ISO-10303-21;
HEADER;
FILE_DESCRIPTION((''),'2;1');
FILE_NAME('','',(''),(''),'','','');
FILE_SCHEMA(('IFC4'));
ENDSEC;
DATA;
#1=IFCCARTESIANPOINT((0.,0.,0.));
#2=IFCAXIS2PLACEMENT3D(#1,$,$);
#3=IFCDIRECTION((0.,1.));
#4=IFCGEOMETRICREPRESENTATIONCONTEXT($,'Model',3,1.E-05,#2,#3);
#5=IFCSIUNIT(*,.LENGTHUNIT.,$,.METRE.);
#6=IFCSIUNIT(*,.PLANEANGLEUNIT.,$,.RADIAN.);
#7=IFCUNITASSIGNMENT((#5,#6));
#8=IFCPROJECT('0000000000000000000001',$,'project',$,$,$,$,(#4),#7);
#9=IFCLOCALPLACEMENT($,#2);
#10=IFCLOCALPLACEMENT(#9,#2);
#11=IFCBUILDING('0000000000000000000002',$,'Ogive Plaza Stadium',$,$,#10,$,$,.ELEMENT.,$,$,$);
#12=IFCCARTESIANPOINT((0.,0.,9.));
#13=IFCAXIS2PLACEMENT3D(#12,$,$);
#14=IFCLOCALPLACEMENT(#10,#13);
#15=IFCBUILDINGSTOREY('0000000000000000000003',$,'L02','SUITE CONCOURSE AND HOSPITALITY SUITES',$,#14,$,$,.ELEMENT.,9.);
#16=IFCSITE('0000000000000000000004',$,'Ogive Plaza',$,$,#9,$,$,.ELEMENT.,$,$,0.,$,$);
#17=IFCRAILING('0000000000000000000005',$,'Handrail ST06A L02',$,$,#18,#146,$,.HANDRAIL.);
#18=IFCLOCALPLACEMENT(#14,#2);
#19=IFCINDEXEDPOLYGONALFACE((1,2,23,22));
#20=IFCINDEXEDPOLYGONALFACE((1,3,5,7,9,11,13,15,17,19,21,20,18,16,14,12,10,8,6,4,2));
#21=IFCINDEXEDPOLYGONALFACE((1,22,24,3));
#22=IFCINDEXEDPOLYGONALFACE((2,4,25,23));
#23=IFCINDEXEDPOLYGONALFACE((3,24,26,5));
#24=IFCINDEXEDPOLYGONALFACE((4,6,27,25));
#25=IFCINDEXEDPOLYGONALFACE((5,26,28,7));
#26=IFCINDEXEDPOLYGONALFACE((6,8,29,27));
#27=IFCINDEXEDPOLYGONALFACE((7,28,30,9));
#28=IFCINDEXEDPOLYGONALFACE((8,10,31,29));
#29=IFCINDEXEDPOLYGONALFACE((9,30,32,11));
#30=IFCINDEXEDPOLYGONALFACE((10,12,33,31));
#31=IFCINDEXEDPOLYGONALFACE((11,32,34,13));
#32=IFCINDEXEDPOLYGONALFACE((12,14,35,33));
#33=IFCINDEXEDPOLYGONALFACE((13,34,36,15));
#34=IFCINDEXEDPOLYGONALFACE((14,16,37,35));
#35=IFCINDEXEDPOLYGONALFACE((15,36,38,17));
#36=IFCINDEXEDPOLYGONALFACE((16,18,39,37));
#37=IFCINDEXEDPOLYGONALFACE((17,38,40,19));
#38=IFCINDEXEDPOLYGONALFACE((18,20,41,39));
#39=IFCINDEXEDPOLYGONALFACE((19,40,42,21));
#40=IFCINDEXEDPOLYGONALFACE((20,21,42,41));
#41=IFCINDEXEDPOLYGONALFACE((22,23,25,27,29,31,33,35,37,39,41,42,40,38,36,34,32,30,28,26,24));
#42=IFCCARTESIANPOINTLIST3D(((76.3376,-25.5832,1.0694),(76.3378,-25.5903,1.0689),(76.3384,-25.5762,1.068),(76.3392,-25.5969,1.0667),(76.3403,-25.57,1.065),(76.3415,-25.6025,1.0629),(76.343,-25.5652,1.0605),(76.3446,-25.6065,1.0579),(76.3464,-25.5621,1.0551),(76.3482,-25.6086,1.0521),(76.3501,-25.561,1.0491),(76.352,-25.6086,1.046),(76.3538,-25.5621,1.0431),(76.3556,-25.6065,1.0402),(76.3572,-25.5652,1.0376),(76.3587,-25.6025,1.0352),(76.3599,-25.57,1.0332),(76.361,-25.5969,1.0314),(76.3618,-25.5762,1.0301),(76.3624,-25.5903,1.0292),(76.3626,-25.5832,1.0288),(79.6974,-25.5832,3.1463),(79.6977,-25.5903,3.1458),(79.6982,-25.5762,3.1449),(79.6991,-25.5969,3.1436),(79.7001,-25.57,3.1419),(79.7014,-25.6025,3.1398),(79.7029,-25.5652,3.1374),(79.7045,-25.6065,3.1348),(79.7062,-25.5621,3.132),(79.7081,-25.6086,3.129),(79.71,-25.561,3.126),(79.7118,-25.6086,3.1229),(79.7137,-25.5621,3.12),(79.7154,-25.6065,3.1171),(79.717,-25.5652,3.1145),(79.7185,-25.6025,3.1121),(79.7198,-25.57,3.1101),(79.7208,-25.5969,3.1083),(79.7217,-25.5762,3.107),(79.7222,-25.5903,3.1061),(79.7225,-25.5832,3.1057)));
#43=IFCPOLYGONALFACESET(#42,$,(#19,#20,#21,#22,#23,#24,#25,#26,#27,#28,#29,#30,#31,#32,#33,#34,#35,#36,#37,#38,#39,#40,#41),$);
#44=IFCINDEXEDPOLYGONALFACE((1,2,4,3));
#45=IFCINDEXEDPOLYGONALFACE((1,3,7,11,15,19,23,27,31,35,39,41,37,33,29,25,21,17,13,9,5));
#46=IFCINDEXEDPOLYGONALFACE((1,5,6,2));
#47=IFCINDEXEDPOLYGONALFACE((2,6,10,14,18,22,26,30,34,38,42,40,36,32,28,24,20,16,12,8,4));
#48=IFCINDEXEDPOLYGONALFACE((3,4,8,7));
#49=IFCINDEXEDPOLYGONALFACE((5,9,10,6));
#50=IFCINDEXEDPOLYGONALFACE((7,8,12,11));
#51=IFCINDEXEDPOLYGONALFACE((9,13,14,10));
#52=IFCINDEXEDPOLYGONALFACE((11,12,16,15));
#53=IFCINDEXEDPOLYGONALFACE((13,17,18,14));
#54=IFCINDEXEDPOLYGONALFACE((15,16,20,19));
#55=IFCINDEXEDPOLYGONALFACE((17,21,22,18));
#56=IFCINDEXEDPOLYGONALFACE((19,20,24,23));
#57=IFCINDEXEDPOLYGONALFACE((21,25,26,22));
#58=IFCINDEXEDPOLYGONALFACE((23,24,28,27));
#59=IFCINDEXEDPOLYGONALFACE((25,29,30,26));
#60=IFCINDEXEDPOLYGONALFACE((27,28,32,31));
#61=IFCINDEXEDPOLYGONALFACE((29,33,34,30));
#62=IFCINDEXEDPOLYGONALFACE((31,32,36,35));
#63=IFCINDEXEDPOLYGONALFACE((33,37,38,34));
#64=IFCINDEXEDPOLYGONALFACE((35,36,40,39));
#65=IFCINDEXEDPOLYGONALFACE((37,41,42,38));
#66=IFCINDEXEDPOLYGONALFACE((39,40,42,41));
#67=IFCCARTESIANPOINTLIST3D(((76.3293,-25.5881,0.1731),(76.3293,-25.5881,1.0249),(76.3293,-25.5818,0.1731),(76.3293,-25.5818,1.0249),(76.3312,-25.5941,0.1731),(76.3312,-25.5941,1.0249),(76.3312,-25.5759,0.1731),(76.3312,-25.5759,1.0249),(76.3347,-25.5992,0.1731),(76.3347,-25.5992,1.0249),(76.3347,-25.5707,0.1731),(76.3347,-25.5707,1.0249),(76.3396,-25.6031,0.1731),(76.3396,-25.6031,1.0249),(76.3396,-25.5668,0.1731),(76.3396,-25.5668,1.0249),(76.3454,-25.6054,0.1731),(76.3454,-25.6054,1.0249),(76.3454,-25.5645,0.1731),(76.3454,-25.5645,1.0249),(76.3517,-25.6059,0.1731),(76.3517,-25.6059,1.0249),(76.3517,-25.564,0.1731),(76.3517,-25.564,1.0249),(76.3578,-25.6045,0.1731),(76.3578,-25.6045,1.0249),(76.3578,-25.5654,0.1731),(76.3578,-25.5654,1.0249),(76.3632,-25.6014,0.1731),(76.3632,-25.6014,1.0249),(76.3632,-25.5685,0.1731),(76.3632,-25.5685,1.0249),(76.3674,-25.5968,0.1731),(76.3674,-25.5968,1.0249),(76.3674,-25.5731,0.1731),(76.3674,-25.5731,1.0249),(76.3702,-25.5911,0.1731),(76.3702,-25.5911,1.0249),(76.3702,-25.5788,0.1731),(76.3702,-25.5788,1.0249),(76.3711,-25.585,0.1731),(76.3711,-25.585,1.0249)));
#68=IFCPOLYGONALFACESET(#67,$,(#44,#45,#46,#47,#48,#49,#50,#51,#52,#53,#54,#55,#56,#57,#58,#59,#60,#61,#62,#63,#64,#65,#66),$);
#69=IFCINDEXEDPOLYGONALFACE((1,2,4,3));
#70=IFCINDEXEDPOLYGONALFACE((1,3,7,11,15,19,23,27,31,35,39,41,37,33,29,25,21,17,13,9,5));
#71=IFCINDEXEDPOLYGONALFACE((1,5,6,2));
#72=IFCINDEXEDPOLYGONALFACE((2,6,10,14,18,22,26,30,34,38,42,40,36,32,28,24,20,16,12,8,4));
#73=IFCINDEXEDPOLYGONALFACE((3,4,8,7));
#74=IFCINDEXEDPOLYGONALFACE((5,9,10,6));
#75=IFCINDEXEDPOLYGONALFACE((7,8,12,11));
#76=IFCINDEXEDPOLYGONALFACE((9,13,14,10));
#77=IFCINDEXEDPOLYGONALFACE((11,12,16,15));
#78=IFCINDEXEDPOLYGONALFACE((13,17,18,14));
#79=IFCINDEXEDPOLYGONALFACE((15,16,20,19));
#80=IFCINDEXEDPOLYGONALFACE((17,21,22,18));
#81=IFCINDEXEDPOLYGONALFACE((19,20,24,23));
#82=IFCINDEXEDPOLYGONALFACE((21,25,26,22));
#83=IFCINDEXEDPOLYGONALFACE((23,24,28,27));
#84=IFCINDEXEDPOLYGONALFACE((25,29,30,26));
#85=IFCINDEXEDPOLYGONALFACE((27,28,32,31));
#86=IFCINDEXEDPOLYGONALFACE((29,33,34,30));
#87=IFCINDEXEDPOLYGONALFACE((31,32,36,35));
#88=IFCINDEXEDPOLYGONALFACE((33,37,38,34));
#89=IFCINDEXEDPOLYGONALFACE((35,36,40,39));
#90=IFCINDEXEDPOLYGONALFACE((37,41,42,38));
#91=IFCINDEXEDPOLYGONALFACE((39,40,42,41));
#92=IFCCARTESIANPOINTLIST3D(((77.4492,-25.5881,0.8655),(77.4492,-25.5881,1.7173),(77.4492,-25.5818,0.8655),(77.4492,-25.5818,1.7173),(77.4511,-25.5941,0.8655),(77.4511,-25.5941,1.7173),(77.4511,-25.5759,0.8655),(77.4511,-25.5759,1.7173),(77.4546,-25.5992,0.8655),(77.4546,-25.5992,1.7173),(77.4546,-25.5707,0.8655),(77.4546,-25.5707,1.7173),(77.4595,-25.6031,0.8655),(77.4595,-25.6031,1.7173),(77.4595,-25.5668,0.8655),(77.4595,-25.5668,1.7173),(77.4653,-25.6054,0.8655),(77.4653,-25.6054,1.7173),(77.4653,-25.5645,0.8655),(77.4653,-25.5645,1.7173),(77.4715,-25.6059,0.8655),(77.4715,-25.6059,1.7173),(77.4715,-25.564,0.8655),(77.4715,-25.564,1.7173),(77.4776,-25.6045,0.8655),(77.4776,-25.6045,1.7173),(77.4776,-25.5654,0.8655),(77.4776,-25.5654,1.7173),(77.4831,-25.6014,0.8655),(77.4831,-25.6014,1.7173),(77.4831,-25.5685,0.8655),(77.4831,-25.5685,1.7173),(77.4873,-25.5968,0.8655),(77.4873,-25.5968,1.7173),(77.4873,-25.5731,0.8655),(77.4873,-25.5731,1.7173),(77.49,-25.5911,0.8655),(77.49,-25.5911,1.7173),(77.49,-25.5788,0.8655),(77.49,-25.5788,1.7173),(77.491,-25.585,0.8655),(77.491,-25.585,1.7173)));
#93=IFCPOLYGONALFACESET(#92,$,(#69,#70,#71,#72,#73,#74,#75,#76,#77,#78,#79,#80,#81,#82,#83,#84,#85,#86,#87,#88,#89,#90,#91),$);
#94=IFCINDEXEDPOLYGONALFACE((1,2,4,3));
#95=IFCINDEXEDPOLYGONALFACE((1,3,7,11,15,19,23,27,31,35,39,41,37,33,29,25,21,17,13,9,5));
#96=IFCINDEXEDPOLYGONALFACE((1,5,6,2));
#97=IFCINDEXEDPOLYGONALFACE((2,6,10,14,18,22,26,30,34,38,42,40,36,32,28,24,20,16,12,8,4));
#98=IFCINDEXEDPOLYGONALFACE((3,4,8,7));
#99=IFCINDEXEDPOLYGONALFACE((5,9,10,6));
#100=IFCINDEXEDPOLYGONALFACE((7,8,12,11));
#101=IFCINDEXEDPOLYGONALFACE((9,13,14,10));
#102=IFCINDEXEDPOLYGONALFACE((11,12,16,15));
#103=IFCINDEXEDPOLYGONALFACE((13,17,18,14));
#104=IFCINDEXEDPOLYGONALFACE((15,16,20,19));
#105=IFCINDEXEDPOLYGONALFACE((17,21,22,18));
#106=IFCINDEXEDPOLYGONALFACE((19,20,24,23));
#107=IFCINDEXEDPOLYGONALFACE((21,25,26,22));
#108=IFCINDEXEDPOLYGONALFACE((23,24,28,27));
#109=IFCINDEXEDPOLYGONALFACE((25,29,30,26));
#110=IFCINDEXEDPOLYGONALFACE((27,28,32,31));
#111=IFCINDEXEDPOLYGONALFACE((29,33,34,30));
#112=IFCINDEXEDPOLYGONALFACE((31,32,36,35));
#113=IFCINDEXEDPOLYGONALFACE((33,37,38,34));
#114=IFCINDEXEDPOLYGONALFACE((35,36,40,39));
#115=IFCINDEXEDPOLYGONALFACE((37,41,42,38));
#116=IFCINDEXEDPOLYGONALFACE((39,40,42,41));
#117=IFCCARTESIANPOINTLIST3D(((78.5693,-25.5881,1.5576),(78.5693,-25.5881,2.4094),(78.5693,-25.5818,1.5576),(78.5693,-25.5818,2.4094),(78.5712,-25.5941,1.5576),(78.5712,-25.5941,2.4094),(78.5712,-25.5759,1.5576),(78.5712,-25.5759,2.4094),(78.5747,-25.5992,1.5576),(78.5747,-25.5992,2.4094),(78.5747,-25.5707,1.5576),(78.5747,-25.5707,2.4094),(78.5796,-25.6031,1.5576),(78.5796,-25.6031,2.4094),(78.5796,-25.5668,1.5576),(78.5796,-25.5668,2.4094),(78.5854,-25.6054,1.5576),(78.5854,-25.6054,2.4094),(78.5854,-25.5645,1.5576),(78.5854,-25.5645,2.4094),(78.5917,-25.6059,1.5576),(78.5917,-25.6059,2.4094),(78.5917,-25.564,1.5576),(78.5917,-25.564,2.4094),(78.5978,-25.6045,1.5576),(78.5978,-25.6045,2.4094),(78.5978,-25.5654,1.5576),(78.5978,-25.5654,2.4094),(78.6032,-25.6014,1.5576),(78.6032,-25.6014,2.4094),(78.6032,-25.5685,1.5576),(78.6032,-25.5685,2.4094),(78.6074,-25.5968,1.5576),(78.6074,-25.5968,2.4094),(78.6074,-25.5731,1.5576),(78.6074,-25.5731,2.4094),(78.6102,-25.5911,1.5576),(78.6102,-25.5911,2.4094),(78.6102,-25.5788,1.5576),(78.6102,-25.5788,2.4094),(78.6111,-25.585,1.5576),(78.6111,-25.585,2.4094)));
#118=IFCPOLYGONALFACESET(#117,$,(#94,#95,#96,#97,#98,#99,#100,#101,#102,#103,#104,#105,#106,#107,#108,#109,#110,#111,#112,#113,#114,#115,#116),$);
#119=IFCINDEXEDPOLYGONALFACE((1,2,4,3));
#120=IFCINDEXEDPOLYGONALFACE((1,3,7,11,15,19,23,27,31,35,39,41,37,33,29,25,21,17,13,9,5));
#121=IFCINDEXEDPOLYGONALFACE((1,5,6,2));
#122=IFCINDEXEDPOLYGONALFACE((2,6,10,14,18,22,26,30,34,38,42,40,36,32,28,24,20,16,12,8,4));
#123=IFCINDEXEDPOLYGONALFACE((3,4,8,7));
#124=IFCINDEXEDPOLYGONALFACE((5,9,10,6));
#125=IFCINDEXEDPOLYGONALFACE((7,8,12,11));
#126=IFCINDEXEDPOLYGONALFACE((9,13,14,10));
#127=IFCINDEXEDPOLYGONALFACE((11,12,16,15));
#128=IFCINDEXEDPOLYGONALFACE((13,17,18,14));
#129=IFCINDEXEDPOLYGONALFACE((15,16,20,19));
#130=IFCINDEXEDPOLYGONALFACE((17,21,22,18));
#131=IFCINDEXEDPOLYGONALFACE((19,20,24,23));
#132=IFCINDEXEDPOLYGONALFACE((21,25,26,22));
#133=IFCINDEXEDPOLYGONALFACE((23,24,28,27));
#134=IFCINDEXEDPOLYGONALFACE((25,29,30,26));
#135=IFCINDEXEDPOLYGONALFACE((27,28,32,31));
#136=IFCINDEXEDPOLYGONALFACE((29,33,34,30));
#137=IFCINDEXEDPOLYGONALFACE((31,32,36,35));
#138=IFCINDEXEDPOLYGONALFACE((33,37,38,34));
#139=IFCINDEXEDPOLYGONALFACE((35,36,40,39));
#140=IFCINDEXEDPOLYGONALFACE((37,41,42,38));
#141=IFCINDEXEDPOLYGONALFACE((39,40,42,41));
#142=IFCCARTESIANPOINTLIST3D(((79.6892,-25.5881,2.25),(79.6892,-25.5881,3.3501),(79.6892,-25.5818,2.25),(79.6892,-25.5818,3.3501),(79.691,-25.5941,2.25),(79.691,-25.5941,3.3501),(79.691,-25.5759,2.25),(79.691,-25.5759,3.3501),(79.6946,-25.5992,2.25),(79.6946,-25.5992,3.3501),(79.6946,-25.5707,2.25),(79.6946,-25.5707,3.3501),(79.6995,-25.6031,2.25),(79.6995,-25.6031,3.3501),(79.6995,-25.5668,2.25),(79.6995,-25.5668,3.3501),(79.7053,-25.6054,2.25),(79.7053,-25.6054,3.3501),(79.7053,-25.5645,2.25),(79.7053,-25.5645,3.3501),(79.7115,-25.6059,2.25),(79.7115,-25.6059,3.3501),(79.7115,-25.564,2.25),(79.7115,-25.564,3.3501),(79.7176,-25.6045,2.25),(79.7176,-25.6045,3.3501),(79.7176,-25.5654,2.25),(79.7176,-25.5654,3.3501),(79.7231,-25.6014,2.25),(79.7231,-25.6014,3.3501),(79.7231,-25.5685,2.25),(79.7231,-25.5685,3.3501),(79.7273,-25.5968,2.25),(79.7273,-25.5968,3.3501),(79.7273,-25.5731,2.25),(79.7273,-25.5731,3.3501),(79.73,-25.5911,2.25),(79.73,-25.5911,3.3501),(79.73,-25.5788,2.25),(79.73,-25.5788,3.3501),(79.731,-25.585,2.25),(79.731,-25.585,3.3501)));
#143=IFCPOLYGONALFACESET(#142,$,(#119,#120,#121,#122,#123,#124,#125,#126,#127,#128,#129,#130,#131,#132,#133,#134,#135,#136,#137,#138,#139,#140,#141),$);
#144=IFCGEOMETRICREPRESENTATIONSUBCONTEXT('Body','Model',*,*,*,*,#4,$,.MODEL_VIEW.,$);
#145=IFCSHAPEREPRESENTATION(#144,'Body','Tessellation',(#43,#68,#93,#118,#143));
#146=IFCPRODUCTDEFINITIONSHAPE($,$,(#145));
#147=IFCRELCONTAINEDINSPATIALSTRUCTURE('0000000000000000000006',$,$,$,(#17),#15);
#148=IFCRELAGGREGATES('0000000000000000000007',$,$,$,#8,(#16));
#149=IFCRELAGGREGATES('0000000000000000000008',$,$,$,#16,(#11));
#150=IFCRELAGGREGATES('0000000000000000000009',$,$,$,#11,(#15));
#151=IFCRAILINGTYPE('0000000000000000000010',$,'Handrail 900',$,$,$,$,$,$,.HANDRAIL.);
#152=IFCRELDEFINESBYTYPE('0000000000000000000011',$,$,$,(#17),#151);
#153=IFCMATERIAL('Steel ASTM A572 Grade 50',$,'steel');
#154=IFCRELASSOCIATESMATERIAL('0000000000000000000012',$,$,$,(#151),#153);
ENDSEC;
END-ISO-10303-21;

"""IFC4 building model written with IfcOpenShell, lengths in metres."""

from ifc_helpers import new_model, si_unit, direction, frame, origin, origin_2d, place, context, subcontext, project, spatial, circle, extrude, material, type_object, element, save


model = new_model("IFC4")

# Units and contexts
model_context = context("Model", 3, precision=1e-05, world=origin(), true_north=direction((0.0, 1.0)))
body_context = subcontext(model_context, "Body", "Model", "MODEL_VIEW")
ifc_project = project(units=[si_unit("LENGTHUNIT", "METRE"), si_unit("PLANEANGLEUNIT", "RADIAN")], contexts=[model_context])

# Site, building, storey
site_placement = place(None, origin())
site = spatial("IfcSite", under=ifc_project, at=site_placement, Name="Ogive Plaza", CompositionType="ELEMENT", RefElevation=0.0)
building_placement = place(site_placement, origin())
building = spatial("IfcBuilding", under=site, at=building_placement, Name="Ogive Plaza Stadium", CompositionType="ELEMENT")
storey_placement = place(building_placement, frame((0.0, 0.0, 9.0)))
storey = spatial("IfcBuildingStorey", under=building, at=storey_placement, Name="L02", Description="SUITE CONCOURSE AND HOSPITALITY SUITES", CompositionType="ELEMENT", Elevation=9.0)

# Railing
ifc_material_1 = material(Name="Steel ASTM A572 Grade 50", Category="steel")
railing_type_1 = type_object("IfcRailingType", Name="Handrail 900", PredefinedType="HANDRAIL", material=ifc_material_1)
for number, where, name in (
    (1, (76.3501, -25.585, 0.1731), "Handrail ST06A L02"),
):
    element("IfcRailing", number, at=place(storey_placement, frame(where)), inside=storey, type_object=railing_type_1, Name=name, PredefinedType="HANDRAIL", context=body_context, shape_type="SweptSolid", body=[
        extrude(circle(Radius=0.0239, at=origin_2d()), frame((0.0, 0.0, 0.876), z_axis=(0.850606, 0.0, 0.525803), x_axis=(0.0, 1.0, 0.0)), (0.0, 0.0, 1.0), 3.95),
        extrude(circle(Radius=0.021, at=origin_2d()), origin(), (0.0, 0.0, 1.0), 0.8518),
        extrude(circle(Radius=0.021, at=origin_2d()), frame((1.1199, 0.0, 0.6924)), (0.0, 0.0, 1.0), 0.8518),
        extrude(circle(Radius=0.021, at=origin_2d()), frame((2.24, 0.0, 1.3845)), (0.0, 0.0, 1.0), 0.8518),
        extrude(circle(Radius=0.021, at=origin_2d()), frame((3.3599, 0.0, 2.0769)), (0.0, 0.0, 1.0), 1.1001),
    ])

save(model, "model.ifc")
